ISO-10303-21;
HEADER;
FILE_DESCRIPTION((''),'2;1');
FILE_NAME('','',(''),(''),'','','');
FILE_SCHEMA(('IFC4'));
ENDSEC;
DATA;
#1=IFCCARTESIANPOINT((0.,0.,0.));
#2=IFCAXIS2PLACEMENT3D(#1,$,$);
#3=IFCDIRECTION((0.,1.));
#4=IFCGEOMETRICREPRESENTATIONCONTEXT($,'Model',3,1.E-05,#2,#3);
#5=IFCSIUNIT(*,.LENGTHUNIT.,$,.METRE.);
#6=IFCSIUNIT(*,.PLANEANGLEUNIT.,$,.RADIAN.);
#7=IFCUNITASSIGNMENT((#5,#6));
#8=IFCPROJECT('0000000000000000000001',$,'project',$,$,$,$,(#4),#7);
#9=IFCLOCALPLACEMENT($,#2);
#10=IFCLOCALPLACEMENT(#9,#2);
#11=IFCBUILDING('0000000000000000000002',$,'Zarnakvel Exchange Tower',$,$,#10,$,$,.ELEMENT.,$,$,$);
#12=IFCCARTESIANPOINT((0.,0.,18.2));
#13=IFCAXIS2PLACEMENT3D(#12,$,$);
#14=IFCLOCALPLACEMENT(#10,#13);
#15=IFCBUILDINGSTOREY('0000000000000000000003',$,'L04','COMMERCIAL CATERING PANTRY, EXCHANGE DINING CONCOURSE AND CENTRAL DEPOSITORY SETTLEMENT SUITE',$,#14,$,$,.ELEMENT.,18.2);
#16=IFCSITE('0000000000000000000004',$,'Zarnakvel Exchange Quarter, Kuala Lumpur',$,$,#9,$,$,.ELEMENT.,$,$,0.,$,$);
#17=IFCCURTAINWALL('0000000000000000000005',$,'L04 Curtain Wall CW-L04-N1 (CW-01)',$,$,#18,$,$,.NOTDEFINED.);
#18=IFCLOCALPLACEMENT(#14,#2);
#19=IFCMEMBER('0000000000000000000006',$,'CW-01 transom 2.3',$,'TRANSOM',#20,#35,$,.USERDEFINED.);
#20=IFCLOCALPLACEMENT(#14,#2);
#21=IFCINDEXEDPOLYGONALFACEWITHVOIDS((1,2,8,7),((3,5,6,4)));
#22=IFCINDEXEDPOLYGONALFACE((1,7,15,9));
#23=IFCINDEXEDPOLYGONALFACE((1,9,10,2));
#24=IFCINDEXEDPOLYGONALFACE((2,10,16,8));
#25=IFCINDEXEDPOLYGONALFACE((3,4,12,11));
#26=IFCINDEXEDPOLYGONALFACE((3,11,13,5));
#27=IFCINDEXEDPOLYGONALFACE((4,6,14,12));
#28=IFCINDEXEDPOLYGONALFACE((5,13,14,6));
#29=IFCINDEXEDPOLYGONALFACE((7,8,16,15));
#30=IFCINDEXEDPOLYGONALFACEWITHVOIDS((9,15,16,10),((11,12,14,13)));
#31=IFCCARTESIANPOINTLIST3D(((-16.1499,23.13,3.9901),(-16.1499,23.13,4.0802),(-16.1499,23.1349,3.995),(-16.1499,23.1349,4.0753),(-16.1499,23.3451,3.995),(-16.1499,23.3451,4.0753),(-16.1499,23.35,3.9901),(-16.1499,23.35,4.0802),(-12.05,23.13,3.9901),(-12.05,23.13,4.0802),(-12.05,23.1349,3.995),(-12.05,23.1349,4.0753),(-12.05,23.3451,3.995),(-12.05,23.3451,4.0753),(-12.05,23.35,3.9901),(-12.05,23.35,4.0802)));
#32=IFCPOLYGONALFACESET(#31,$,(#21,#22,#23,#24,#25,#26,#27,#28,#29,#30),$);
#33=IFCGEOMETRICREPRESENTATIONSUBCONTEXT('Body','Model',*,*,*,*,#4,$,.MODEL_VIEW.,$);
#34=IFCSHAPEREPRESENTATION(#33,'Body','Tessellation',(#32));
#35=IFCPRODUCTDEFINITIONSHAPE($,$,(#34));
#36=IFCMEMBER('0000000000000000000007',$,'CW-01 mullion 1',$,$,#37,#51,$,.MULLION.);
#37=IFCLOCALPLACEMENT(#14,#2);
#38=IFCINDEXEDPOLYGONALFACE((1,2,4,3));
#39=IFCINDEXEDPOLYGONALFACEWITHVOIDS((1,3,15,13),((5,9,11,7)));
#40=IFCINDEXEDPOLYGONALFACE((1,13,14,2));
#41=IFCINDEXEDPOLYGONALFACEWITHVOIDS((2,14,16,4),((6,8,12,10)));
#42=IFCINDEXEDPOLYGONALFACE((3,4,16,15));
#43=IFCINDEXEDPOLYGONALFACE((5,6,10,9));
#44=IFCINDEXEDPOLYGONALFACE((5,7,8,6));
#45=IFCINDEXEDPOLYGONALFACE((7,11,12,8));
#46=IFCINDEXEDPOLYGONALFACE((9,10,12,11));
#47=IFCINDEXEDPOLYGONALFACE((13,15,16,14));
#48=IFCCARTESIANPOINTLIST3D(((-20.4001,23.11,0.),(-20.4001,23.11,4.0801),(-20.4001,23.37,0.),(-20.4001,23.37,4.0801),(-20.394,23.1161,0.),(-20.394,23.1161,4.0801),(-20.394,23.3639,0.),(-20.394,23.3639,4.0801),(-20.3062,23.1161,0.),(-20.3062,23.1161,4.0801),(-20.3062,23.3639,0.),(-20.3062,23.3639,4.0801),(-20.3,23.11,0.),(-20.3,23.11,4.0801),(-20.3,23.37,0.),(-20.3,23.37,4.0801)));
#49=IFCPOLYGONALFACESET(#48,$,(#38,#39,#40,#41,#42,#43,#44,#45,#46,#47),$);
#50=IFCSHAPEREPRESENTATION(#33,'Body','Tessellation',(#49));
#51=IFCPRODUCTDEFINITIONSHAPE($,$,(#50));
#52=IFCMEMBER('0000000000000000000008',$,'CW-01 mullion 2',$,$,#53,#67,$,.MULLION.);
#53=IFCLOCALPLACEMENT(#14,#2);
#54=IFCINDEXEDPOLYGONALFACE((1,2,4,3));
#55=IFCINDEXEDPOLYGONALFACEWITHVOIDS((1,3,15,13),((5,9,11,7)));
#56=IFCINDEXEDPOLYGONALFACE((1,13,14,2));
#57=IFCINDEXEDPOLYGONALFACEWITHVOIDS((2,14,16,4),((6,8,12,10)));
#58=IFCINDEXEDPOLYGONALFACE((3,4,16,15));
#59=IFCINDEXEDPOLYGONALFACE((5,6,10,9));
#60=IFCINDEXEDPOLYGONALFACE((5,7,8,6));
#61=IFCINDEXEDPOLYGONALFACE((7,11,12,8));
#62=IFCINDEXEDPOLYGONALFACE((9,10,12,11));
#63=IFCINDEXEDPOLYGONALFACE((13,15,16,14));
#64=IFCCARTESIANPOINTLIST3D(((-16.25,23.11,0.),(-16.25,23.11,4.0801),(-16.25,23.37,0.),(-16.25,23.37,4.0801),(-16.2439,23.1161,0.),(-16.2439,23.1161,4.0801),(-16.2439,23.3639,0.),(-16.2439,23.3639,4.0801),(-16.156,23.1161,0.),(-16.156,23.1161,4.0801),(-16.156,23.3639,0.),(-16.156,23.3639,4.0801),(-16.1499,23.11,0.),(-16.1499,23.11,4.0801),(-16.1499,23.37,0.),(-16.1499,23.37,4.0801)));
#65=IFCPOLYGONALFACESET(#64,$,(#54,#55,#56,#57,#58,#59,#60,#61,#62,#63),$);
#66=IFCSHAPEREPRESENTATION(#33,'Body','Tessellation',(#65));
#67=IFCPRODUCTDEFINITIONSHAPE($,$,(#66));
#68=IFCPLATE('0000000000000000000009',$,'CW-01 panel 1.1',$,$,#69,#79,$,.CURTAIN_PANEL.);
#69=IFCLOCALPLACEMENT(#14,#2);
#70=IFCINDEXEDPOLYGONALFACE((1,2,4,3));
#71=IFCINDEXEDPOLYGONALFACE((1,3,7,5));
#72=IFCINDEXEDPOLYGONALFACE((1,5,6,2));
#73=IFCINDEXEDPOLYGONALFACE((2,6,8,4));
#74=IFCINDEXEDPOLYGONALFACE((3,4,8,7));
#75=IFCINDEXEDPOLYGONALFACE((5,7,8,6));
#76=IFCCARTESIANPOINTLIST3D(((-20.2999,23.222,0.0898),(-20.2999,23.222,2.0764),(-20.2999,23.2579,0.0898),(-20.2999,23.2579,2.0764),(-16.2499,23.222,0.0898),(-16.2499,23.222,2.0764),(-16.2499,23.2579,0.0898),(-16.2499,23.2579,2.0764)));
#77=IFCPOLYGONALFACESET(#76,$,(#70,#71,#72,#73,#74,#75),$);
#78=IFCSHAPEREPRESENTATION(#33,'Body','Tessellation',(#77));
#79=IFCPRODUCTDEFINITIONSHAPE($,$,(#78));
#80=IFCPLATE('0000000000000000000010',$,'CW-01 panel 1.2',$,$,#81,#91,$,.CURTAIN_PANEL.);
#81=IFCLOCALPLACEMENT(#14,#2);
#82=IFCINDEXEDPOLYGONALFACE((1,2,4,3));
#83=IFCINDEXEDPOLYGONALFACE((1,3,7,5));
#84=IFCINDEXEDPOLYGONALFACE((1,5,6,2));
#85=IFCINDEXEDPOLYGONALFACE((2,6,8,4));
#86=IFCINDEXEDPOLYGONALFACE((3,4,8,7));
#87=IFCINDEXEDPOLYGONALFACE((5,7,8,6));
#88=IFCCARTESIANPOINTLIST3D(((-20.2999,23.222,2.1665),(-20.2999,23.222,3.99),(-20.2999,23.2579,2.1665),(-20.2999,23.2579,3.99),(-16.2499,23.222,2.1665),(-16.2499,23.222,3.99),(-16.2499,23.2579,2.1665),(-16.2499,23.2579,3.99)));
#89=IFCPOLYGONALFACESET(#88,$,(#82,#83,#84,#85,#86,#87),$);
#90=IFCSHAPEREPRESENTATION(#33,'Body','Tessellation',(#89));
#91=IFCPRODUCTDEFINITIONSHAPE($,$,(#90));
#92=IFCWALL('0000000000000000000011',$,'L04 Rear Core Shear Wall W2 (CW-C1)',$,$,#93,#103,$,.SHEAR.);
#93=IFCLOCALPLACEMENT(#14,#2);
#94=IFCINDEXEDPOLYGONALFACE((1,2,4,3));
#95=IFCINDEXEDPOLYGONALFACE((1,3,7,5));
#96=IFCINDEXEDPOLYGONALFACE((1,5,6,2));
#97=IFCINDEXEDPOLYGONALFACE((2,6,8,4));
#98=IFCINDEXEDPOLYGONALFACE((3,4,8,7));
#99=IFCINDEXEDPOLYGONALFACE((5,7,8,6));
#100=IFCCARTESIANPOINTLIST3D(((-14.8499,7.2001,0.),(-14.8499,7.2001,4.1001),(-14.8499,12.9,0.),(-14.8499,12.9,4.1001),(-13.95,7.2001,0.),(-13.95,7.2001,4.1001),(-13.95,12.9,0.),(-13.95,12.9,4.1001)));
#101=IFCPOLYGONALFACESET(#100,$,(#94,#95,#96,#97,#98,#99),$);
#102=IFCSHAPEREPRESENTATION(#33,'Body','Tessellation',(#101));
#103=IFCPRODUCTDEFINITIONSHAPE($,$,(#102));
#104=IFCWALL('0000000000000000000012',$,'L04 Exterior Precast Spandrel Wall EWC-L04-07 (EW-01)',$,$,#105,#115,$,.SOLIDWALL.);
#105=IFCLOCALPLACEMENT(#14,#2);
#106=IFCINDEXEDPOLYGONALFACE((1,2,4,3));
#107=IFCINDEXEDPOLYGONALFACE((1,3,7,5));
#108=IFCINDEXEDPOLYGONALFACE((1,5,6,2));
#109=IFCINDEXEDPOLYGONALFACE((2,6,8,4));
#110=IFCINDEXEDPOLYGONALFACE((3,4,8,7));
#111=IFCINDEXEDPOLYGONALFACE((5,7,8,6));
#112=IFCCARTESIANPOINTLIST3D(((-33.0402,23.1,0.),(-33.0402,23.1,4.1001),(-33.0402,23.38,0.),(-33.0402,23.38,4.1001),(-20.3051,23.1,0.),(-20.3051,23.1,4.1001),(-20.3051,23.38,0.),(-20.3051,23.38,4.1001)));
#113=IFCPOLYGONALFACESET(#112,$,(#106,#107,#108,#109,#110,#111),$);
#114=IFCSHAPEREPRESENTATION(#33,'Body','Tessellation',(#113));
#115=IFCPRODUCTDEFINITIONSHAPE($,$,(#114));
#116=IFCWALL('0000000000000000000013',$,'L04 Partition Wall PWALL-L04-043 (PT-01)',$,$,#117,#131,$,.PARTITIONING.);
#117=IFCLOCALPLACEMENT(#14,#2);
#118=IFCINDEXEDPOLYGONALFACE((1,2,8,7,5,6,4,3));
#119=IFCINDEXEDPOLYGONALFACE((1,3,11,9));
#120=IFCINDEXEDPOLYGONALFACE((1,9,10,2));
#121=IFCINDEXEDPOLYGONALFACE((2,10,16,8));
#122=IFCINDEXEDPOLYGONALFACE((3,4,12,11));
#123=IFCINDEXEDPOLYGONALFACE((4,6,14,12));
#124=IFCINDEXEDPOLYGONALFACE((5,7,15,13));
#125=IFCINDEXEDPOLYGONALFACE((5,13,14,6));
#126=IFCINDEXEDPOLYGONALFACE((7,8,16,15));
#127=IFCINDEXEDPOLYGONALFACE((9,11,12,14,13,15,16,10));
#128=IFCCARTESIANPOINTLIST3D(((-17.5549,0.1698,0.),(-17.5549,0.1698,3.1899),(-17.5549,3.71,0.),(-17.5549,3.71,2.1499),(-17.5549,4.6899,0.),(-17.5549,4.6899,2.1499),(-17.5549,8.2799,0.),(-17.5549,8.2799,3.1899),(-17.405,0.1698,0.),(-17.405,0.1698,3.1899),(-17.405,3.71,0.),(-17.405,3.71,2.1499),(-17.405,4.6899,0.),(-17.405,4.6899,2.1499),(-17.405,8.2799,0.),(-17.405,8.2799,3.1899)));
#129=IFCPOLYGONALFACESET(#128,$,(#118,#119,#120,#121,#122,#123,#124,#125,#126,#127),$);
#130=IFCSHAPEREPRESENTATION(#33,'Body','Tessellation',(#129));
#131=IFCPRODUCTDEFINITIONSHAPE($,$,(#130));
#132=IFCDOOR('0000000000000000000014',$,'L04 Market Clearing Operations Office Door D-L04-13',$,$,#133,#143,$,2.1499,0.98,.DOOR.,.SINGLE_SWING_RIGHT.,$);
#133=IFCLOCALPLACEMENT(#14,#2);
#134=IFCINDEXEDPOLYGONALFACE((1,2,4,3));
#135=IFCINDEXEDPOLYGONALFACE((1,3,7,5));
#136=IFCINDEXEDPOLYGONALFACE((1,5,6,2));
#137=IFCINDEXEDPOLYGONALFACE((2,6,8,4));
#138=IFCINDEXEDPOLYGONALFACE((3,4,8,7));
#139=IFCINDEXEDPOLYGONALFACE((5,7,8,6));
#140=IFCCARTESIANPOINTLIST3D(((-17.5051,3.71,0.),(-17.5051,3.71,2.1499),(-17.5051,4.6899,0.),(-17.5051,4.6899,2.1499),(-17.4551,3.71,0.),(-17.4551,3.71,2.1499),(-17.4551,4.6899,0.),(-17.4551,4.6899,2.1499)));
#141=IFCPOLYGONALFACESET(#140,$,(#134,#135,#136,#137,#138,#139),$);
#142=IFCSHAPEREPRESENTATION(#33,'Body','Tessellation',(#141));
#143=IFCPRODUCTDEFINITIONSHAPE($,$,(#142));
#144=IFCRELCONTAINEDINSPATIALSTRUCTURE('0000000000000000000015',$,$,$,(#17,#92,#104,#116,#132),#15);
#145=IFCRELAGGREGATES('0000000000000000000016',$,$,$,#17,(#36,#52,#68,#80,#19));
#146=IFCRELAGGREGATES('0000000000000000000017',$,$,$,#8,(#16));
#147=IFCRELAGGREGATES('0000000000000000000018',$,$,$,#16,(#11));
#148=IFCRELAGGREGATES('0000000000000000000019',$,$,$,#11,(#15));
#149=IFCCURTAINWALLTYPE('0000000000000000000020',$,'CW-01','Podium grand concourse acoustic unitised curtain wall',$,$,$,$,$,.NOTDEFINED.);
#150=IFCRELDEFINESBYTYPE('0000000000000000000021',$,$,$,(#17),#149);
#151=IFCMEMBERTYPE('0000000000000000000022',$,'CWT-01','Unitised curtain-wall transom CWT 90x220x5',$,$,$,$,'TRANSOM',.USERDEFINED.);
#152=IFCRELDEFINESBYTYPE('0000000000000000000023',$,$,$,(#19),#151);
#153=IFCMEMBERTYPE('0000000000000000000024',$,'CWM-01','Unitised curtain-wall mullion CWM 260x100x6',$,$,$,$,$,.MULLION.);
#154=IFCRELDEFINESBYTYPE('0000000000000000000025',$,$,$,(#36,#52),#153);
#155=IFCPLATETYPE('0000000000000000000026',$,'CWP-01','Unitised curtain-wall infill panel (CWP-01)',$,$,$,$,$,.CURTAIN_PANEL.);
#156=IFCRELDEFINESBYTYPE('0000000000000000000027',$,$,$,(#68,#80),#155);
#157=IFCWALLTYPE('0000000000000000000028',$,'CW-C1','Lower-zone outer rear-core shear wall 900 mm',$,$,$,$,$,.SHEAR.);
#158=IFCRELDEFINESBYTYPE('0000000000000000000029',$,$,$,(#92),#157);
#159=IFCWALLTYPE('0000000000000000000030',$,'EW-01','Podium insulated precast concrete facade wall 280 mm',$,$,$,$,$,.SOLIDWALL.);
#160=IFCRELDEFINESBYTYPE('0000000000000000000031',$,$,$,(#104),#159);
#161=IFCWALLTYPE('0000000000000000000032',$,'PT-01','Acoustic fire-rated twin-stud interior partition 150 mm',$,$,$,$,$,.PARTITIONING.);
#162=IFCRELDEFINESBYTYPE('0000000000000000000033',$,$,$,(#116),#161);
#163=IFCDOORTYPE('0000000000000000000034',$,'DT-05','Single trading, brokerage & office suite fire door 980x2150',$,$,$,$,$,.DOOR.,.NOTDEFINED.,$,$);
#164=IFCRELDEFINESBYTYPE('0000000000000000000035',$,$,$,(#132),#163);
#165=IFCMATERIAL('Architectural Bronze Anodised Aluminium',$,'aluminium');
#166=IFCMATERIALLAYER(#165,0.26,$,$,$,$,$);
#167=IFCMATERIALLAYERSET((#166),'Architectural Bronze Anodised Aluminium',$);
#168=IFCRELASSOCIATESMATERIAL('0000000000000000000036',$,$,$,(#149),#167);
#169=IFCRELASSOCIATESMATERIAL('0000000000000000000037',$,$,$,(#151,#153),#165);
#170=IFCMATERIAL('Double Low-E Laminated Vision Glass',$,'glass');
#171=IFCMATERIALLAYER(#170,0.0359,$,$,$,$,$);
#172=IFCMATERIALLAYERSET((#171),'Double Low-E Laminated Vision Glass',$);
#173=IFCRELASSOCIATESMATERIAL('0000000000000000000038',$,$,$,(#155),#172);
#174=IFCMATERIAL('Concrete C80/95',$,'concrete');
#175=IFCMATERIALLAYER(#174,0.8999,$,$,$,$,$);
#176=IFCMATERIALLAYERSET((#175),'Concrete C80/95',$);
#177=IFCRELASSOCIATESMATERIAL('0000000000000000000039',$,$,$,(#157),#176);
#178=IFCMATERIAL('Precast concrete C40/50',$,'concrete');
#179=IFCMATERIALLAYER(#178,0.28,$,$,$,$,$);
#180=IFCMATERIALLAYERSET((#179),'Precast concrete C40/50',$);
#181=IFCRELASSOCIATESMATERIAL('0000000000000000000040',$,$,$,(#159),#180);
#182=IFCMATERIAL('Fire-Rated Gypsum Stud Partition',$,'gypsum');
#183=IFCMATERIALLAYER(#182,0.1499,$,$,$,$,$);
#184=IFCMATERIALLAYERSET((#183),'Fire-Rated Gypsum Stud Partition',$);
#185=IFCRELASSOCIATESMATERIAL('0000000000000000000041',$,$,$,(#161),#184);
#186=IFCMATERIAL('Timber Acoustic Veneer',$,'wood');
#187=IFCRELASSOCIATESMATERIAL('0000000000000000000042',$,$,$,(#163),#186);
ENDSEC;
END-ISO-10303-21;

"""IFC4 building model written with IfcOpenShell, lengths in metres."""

from ifc_helpers import new_model, si_unit, direction, frame, frame_2d, origin, origin_2d, place, context, subcontext, project, spatial, rectangle, hollow_rectangle, extrude, source, transform, mapped, material, layer, layer_set, material_profile, profile_set, type_object, element, fill, aggregate, save


model = new_model("IFC4")

# Units and contexts
model_context = context("Model", 3, precision=1e-05, world=origin(), true_north=direction((0.0, 1.0)))
body_context = subcontext(model_context, "Body", "Model", "MODEL_VIEW")
ifc_project = project(units=[si_unit("LENGTHUNIT", "METRE"), si_unit("PLANEANGLEUNIT", "RADIAN")], contexts=[model_context])

# Site, building, storey
site_placement = place(None, origin())
site = spatial("IfcSite", under=ifc_project, at=site_placement, Name="Zarnakvel Exchange Quarter, Kuala Lumpur", CompositionType="ELEMENT", RefElevation=0.0)
building_placement = place(site_placement, origin())
building = spatial("IfcBuilding", under=site, at=building_placement, Name="Zarnakvel Exchange Tower", CompositionType="ELEMENT")
storey_placement = place(building_placement, frame((0.0, 0.0, 18.2)))
storey = spatial("IfcBuildingStorey", under=building, at=storey_placement, Name="L04", Description="COMMERCIAL CATERING PANTRY, EXCHANGE DINING CONCOURSE AND CENTRAL DEPOSITORY SETTLEMENT SUITE", CompositionType="ELEMENT", Elevation=18.2)

# Shared definitions
ifc_material_1 = material(Name="Concrete C80/95", Category="concrete")

# Curtain wall, members, plates
ifc_material_2 = material(Name="Architectural Bronze Anodised Aluminium", Category="aluminium")
ifc_layer_1 = layer(ifc_material_2, 0.26)
ifc_layer_set_1 = layer_set([ifc_layer_1], Name="Architectural Bronze Anodised Aluminium")
curtain_wall_type = type_object("IfcCurtainWallType", Name="CW-01", Description="Podium grand concourse acoustic unitised curtain wall", PredefinedType="NOTDEFINED", material=ifc_layer_set_1)
curtain_wall_placement = place(storey_placement, origin())
curtain_wall = element("IfcCurtainWall", 1, at=curtain_wall_placement, inside=storey, type_object=curtain_wall_type, Name="L04 Curtain Wall CW-L04-N1 (CW-01)", PredefinedType="NOTDEFINED")
ifc_material_profile_1 = material_profile(ifc_material_2, hollow_rectangle(XDim=0.22, YDim=0.0901, WallThickness=0.0049, at=origin_2d()))
ifc_profile_set_1 = profile_set([ifc_material_profile_1], Name="Architectural Bronze Anodised Aluminium")
member_type_1 = type_object("IfcMemberType", Name="CWT-01", Description="Unitised curtain-wall transom CWT 90x220x5", ElementType="TRANSOM", PredefinedType="USERDEFINED", material=ifc_profile_set_1)
shared_shape_1 = source(origin(), body_context, "Body", "SweptSolid", [
    extrude(hollow_rectangle(XDim=0.22, YDim=0.0901, WallThickness=0.0049, at=origin_2d()), origin(), (0.0, 0.0, 1.0), 4.0999),
])
member_1_placement = place(storey_placement, frame((-16.1499, 23.24, 4.0352), z_axis=(1.0, 0.0, 0.0), x_axis=(0.0, 1.0, 0.0)))
member_1 = element("IfcMember", 2, at=member_1_placement, type_object=member_type_1, Name="CW-01 transom 2.3", ObjectType="TRANSOM", PredefinedType="USERDEFINED", context=body_context, shape_type="MappedRepresentation", body=[
    mapped(shared_shape_1, transform((0.0, 0.0, 0.0), x_axis=(1.0, 0.0, 0.0), y_axis=(0.0, 1.0, 0.0), z_axis=(0.0, 0.0, 1.0), scale=1.0)),
])
ifc_material_profile_2 = material_profile(ifc_material_2, hollow_rectangle(XDim=0.26, YDim=0.1001, WallThickness=0.0061, at=origin_2d()))
ifc_profile_set_2 = profile_set([ifc_material_profile_2], Name="Architectural Bronze Anodised Aluminium")
member_type_2 = type_object("IfcMemberType", Name="CWM-01", Description="Unitised curtain-wall mullion CWM 260x100x6", PredefinedType="MULLION", material=ifc_profile_set_2)
shared_shape_2 = source(origin(), body_context, "Body", "SweptSolid", [
    extrude(hollow_rectangle(XDim=0.26, YDim=0.1001, WallThickness=0.0061, at=origin_2d()), origin(), (0.0, 0.0, 1.0), 4.0801),
])
member_2_placement = place(storey_placement, frame((-20.3501, 23.24, 0.0), z_axis=(0.0, 0.0, 1.0), x_axis=(0.0, 1.0, 0.0)))
member_2 = element("IfcMember", 3, at=member_2_placement, type_object=member_type_2, Name="CW-01 mullion 1", PredefinedType="MULLION", context=body_context, shape_type="MappedRepresentation", body=[
    mapped(shared_shape_2, transform((0.0, 0.0, 0.0), x_axis=(1.0, 0.0, 0.0), y_axis=(0.0, 1.0, 0.0), z_axis=(0.0, 0.0, 1.0), scale=1.0)),
])
member_3_placement = place(storey_placement, frame((-16.2, 23.24, 0.0), z_axis=(0.0, 0.0, 1.0), x_axis=(0.0, 1.0, 0.0)))
member_3 = element("IfcMember", 4, at=member_3_placement, type_object=member_type_2, Name="CW-01 mullion 2", PredefinedType="MULLION", context=body_context, shape_type="MappedRepresentation", body=[
    mapped(shared_shape_2, transform((0.0, 0.0, 0.0), x_axis=(1.0, 0.0, 0.0), y_axis=(0.0, 1.0, 0.0), z_axis=(0.0, 0.0, 1.0), scale=1.0)),
])
ifc_material_3 = material(Name="Double Low-E Laminated Vision Glass", Category="glass")
ifc_layer_2 = layer(ifc_material_3, 0.0359)
ifc_layer_set_2 = layer_set([ifc_layer_2], Name="Double Low-E Laminated Vision Glass")
plate_type = type_object("IfcPlateType", Name="CWP-01", Description="Unitised curtain-wall infill panel (CWP-01)", PredefinedType="CURTAIN_PANEL", material=ifc_layer_set_2)
shared_shape_3 = source(origin(), body_context, "Body", "SweptSolid", [
    extrude(rectangle(XDim=4.05, YDim=0.0359, at=origin_2d()), origin(), (0.0, 0.0, 1.0), 1.9866),
])
plate_1_placement = place(storey_placement, frame((-18.2749, 23.24, 0.0898), z_axis=(0.0, 0.0, 1.0), x_axis=(1.0, 0.0, 0.0)))
plate_1 = element("IfcPlate", 5, at=plate_1_placement, type_object=plate_type, Name="CW-01 panel 1.1", PredefinedType="CURTAIN_PANEL", context=body_context, shape_type="MappedRepresentation", body=[
    mapped(shared_shape_3, transform((0.0, 0.0, 0.0), x_axis=(1.0, 0.0, 0.0), y_axis=(0.0, 1.0, 0.0), z_axis=(0.0, 0.0, 1.0), scale=1.0)),
])
shared_shape_4 = source(origin(), body_context, "Body", "SweptSolid", [
    extrude(rectangle(XDim=4.05, YDim=0.0359, at=origin_2d()), origin(), (0.0, 0.0, 1.0), 1.8235),
])
plate_2_placement = place(storey_placement, frame((-18.2749, 23.24, 2.1665), z_axis=(0.0, 0.0, 1.0), x_axis=(1.0, 0.0, 0.0)))
plate_2 = element("IfcPlate", 6, at=plate_2_placement, type_object=plate_type, Name="CW-01 panel 1.2", PredefinedType="CURTAIN_PANEL", context=body_context, shape_type="MappedRepresentation", body=[
    mapped(shared_shape_4, transform((0.0, 0.0, 0.0), x_axis=(1.0, 0.0, 0.0), y_axis=(0.0, 1.0, 0.0), z_axis=(0.0, 0.0, 1.0), scale=1.0)),
])
aggregate(curtain_wall, [member_2, member_3, plate_1, plate_2, member_1])

# Walls
ifc_layer_3 = layer(ifc_material_1, 0.8999)
ifc_layer_set_3 = layer_set([ifc_layer_3], Name="Concrete C80/95")
wall_type_1 = type_object("IfcWallType", Name="CW-C1", Description="Lower-zone outer rear-core shear wall 900 mm", PredefinedType="SHEAR", material=ifc_layer_set_3)
wall_1_placement = place(storey_placement, frame((-14.3999, 7.2, 0.0), z_axis=(0.0, 0.0, 1.0), x_axis=(0.0, 1.0, 0.0)))
element("IfcWall", 7, at=wall_1_placement, inside=storey, type_object=wall_type_1, Name="L04 Rear Core Shear Wall W2 (CW-C1)", PredefinedType="SHEAR", context=body_context, shape_type="SweptSolid", body=[
    extrude(rectangle(XDim=5.7, YDim=0.8999, at=frame_2d((2.8501, 0.0))), origin(), (0.0, 0.0, 1.0), 4.1001),
])
ifc_material_4 = material(Name="Precast concrete C40/50", Category="concrete")
ifc_layer_4 = layer(ifc_material_4, 0.28)
ifc_layer_set_4 = layer_set([ifc_layer_4], Name="Precast concrete C40/50")
wall_type_2 = type_object("IfcWallType", Name="EW-01", Description="Podium insulated precast concrete facade wall 280 mm", PredefinedType="SOLIDWALL", material=ifc_layer_set_4)
wall_2_placement = place(storey_placement, frame((-20.3049, 23.24, 0.0), z_axis=(0.0, 0.0, 1.0), x_axis=(-1.0, 0.0, 0.0)))
element("IfcWall", 8, at=wall_2_placement, inside=storey, type_object=wall_type_2, Name="L04 Exterior Precast Spandrel Wall EWC-L04-07 (EW-01)", PredefinedType="SOLIDWALL", context=body_context, shape_type="SweptSolid", body=[
    extrude(rectangle(XDim=12.7351, YDim=0.28, at=frame_2d((6.3677, 0.0))), origin(), (0.0, 0.0, 1.0), 4.1001),
])

# Wall, opening, door
ifc_material_5 = material(Name="Fire-Rated Gypsum Stud Partition", Category="gypsum")
ifc_layer_5 = layer(ifc_material_5, 0.1499)
ifc_layer_set_5 = layer_set([ifc_layer_5], Name="Fire-Rated Gypsum Stud Partition")
wall_type_3 = type_object("IfcWallType", Name="PT-01", Description="Acoustic fire-rated twin-stud interior partition 150 mm", PredefinedType="PARTITIONING", material=ifc_layer_set_5)
wall_3_placement = place(storey_placement, frame((-17.48, 8.28, 0.0), z_axis=(0.0, 0.0, 1.0), x_axis=(0.0, -1.0, 0.0)))
wall_3 = element("IfcWall", 9, at=wall_3_placement, inside=storey, type_object=wall_type_3, Name="L04 Partition Wall PWALL-L04-043 (PT-01)", PredefinedType="PARTITIONING", context=body_context, shape_type="SweptSolid", body=[
    extrude(rectangle(XDim=8.1101, YDim=0.1499, at=frame_2d((4.0552, 0.0))), origin(), (0.0, 0.0, 1.0), 3.1899),
])
opening_1_placement = place(wall_3_placement, frame((3.5901, 0.0, 0.0)))
opening_1 = element("IfcOpeningElement", 10, at=opening_1_placement, cuts=wall_3, PredefinedType="OPENING", context=body_context, shape_type="SweptSolid", body=[
    extrude(rectangle(XDim=0.98, YDim=2.1499, at=frame_2d((0.49, 1.075))), frame((0.0, 0.085, 0.0), z_axis=(0.0, -1.0, 0.0), x_axis=(1.0, 0.0, 0.0)), (0.0, 0.0, 1.0), 0.1699),
])
ifc_material_6 = material(Name="Timber Acoustic Veneer", Category="wood")
door_type = type_object("IfcDoorType", Name="DT-05", Description="Single trading, brokerage & office suite fire door 980x2150", OperationType="NOTDEFINED", PredefinedType="DOOR", material=ifc_material_6)
shared_shape_5 = source(origin(), body_context, "Body", "SweptSolid", [
    extrude(rectangle(XDim=0.98, YDim=2.1499, at=frame_2d((0.49, 1.075))), frame((0.0, 0.0249, 0.0), z_axis=(0.0, -1.0, 0.0), x_axis=(1.0, 0.0, 0.0)), (0.0, 0.0, 1.0), 0.05),
])
door_1_placement = place(opening_1_placement, origin())
door_1 = element("IfcDoor", 11, at=door_1_placement, inside=storey, type_object=door_type, Name="L04 Market Clearing Operations Office Door D-L04-13", OperationType="SINGLE_SWING_RIGHT", OverallHeight=2.1499, OverallWidth=0.98, PredefinedType="DOOR", context=body_context, shape_type="MappedRepresentation", body=[
    mapped(shared_shape_5, transform((0.0, 0.0, 0.0), x_axis=(1.0, 0.0, 0.0), y_axis=(0.0, 1.0, 0.0), z_axis=(0.0, 0.0, 1.0), scale=1.0)),
])
fill(opening_1, door_1)

save(model, "model.ifc")
